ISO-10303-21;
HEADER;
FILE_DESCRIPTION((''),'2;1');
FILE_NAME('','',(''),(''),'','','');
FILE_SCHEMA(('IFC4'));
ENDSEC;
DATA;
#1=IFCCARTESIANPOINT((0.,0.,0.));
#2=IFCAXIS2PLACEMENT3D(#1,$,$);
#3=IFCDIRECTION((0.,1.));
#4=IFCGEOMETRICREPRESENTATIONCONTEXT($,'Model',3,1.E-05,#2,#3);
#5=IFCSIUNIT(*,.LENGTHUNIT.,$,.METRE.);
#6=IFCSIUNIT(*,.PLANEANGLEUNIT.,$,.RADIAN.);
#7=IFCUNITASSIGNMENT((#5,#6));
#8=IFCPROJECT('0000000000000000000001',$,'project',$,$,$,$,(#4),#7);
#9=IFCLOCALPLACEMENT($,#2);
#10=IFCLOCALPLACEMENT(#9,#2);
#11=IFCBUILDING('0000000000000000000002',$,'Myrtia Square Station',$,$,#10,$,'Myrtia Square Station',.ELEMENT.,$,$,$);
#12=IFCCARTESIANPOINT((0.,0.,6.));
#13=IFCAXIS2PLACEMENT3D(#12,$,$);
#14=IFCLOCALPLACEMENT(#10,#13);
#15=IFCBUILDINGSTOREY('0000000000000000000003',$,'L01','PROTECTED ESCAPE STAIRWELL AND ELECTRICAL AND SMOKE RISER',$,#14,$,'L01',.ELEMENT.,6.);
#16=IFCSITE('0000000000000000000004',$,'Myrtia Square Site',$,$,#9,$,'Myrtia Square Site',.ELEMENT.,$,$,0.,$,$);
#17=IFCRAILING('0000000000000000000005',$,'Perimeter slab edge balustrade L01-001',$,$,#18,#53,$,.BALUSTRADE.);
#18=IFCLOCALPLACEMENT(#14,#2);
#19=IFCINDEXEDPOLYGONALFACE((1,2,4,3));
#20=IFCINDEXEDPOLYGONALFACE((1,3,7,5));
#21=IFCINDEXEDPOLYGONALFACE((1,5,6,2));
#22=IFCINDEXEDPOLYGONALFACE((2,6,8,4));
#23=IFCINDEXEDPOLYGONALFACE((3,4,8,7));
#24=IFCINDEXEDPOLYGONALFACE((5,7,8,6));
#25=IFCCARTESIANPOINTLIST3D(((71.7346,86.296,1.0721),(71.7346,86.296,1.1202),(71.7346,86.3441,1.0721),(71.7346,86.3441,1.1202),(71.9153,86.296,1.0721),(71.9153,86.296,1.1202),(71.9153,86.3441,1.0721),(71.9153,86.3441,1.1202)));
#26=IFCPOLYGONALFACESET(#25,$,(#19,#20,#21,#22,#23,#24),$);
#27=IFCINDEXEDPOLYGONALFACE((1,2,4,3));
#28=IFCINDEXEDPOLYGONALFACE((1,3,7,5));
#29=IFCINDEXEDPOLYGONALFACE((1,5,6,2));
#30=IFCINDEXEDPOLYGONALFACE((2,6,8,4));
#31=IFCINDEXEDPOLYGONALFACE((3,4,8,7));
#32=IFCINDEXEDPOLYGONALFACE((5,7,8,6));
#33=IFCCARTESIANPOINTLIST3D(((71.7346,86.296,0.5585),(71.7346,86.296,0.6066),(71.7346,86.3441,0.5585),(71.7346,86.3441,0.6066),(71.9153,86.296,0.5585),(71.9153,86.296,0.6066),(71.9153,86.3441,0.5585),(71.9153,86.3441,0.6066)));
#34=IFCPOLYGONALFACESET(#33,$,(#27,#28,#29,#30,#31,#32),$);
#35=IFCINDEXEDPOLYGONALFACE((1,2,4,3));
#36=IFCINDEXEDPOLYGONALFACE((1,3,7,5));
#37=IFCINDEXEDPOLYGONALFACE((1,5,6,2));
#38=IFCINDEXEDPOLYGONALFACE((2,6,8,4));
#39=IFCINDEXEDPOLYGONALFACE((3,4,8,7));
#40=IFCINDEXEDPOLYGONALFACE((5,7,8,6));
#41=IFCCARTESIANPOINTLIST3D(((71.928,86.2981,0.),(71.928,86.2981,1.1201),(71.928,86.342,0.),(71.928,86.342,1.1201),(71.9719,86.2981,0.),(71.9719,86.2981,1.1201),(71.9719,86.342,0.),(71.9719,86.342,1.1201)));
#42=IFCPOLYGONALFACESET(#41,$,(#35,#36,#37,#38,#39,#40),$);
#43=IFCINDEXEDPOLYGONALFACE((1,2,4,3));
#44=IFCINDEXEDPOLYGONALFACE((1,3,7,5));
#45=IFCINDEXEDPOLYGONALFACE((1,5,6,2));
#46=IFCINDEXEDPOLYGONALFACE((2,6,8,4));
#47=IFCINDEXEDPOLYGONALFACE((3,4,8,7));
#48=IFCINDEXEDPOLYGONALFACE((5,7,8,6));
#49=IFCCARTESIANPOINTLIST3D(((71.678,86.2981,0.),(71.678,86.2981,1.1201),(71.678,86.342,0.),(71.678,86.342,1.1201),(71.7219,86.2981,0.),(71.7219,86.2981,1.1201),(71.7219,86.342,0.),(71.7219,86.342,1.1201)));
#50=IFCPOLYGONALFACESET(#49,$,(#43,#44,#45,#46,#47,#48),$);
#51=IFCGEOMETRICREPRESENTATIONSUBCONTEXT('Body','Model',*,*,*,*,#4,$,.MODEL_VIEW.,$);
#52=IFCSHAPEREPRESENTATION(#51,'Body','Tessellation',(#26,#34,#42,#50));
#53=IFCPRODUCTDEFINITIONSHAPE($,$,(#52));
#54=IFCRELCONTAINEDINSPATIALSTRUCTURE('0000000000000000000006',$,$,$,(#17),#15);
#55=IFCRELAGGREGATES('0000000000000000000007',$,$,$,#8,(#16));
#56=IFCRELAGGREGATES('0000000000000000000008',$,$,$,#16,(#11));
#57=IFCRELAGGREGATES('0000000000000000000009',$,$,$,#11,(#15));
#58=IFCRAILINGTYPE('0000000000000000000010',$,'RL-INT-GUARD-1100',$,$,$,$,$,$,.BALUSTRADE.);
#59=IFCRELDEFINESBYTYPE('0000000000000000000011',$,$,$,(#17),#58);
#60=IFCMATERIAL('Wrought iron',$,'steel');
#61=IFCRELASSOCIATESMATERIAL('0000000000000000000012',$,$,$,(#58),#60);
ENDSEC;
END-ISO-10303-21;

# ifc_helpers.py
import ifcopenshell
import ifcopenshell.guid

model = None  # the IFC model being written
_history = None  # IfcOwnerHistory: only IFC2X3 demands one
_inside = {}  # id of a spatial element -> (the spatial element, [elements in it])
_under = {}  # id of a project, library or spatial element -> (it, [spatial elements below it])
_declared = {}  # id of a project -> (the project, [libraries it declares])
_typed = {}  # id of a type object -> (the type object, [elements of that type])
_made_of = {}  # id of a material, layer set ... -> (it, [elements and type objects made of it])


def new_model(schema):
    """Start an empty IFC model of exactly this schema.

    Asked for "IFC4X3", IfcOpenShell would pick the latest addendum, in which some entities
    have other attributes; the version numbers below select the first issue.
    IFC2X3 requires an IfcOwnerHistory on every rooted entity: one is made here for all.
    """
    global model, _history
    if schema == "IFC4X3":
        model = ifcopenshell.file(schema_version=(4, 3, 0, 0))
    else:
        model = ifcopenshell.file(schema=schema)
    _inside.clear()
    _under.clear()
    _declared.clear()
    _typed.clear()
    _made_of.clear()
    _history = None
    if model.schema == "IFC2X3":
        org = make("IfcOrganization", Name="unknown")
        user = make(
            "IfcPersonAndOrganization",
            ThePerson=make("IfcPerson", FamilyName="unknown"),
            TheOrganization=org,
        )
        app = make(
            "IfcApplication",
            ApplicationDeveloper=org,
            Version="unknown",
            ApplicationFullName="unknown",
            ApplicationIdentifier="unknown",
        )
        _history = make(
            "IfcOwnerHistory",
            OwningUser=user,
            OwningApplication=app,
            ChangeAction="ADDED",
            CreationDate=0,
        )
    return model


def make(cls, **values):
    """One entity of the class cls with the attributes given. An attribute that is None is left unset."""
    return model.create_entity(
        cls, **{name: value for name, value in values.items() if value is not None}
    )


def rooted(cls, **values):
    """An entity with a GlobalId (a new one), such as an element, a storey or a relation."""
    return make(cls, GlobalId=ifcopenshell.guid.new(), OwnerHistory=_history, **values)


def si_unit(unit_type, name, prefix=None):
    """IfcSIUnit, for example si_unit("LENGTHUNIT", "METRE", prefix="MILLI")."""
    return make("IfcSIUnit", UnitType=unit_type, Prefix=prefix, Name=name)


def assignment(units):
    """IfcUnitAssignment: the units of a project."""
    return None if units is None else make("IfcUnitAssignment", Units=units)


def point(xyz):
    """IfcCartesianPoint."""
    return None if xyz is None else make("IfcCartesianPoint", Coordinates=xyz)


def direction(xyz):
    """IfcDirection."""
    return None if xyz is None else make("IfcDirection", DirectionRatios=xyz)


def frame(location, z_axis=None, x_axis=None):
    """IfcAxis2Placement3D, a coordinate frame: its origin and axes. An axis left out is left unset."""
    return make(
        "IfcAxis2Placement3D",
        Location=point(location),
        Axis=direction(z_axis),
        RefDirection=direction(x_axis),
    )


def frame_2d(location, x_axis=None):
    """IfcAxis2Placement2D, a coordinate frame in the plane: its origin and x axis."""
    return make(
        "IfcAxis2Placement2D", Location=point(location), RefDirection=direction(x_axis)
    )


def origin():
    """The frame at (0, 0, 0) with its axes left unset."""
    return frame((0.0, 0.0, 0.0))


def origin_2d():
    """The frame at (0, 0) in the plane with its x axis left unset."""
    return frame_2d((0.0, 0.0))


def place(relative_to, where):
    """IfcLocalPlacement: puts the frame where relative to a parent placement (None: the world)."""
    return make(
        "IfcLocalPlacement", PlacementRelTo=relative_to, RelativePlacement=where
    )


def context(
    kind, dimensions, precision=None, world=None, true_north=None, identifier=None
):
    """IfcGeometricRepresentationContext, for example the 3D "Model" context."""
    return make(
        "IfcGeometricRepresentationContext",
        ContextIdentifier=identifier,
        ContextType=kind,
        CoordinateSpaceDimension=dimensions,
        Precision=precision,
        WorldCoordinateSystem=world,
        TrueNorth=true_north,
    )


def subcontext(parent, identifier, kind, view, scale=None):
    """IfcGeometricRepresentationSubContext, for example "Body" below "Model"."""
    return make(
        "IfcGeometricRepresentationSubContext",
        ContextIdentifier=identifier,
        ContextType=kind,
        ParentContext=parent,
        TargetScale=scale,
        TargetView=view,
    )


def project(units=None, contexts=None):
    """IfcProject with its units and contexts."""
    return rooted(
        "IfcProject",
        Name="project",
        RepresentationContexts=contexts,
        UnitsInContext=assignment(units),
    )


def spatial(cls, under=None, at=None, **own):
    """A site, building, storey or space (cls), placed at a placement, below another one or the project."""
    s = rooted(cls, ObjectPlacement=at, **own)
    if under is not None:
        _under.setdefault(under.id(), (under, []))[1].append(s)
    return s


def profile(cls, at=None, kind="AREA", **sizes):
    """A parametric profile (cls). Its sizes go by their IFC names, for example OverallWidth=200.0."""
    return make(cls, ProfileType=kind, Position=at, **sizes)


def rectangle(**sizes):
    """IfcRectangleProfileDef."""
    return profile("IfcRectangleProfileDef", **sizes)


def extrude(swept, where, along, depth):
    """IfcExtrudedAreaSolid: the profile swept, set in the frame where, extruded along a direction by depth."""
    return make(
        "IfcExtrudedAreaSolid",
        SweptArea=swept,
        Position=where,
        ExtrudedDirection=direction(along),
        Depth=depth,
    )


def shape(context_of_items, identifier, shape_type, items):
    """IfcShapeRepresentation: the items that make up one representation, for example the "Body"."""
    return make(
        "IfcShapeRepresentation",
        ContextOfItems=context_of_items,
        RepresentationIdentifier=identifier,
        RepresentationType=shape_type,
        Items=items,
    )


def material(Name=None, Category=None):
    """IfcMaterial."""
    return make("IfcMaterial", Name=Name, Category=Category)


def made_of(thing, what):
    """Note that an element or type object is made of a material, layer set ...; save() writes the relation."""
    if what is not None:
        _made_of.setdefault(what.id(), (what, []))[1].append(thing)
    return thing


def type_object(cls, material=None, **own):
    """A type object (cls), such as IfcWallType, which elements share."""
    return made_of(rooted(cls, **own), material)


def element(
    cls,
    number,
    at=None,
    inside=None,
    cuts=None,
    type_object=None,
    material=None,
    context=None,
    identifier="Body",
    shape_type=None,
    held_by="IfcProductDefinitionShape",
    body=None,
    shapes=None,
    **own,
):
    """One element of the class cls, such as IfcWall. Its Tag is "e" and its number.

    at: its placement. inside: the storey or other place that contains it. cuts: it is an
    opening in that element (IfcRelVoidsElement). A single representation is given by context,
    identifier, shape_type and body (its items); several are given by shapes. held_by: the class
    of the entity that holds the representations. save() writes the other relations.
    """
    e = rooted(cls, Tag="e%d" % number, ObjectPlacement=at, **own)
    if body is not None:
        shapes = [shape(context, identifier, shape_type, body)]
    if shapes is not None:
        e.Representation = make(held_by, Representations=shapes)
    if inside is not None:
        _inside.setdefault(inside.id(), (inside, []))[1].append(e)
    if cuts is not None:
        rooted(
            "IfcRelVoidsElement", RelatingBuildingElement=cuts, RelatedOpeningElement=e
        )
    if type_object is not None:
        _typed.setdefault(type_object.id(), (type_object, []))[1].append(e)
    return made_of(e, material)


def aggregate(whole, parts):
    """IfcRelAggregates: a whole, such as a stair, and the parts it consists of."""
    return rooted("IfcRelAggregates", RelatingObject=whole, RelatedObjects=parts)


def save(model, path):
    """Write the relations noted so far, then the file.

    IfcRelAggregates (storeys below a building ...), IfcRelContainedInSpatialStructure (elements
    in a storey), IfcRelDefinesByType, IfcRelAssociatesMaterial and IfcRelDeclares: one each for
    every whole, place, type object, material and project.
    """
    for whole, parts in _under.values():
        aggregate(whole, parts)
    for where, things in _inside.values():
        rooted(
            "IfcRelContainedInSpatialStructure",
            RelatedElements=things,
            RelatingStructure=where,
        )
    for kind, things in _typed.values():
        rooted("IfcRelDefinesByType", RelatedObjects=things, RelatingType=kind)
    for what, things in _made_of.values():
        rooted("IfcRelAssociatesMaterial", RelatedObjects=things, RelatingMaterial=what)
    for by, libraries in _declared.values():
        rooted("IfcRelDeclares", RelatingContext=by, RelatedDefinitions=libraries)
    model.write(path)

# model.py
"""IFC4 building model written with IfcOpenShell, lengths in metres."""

from ifc_helpers import new_model, si_unit, direction, frame, origin, origin_2d, place, context, subcontext, project, spatial, rectangle, extrude, material, type_object, element, save


model = new_model("IFC4")

# Units and contexts
model_context = context("Model", 3, precision=1e-05, world=origin(), true_north=direction((0.0, 1.0)))
body_context = subcontext(model_context, "Body", "Model", "MODEL_VIEW")
ifc_project = project(units=[si_unit("LENGTHUNIT", "METRE"), si_unit("PLANEANGLEUNIT", "RADIAN")], contexts=[model_context])

# Site, building, storey
site_placement = place(None, origin())
site = spatial("IfcSite", under=ifc_project, at=site_placement, Name="Myrtia Square Site", LongName="Myrtia Square Site", CompositionType="ELEMENT", RefElevation=0.0)
building_placement = place(site_placement, origin())
building = spatial("IfcBuilding", under=site, at=building_placement, Name="Myrtia Square Station", LongName="Myrtia Square Station", CompositionType="ELEMENT")
storey_placement = place(building_placement, frame((0.0, 0.0, 6.0)))
storey = spatial("IfcBuildingStorey", under=building, at=storey_placement, Name="L01", Description="PROTECTED ESCAPE STAIRWELL AND ELECTRICAL AND SMOKE RISER", LongName="L01", CompositionType="ELEMENT", Elevation=6.0)

# Railing
ifc_material_1 = material(Name="Wrought iron", Category="steel")
railing_type = type_object("IfcRailingType", Name="RL-INT-GUARD-1100", PredefinedType="BALUSTRADE", material=ifc_material_1)
railing_placement = place(storey_placement, frame((71.95, 86.3201, 0.0)))
element("IfcRailing", 1, at=railing_placement, inside=storey, type_object=railing_type, Name="Perimeter slab edge balustrade L01-001", PredefinedType="BALUSTRADE", context=body_context, shape_type="SweptSolid", body=[
    extrude(rectangle(XDim=0.0481, YDim=0.0481, at=origin_2d()), frame((-0.0347, 0.0, 1.0962), z_axis=(-1.0, 0.0, 0.0), x_axis=(0.0, -1.0, 0.0)), (0.0, 0.0, 1.0), 0.1807),
    extrude(rectangle(XDim=0.0481, YDim=0.0481, at=origin_2d()), frame((-0.0347, 0.0, 0.5825), z_axis=(-1.0, 0.0, 0.0), x_axis=(0.0, -1.0, 0.0)), (0.0, 0.0, 1.0), 0.1807),
    extrude(rectangle(XDim=0.0439, YDim=0.0439, at=origin_2d()), origin(), (0.0, 0.0, 1.0), 1.1201),
    extrude(rectangle(XDim=0.0439, YDim=0.0439, at=origin_2d()), frame((-0.25, 0.0, 0.0)), (0.0, 0.0, 1.0), 1.1201),
])

save(model, "model.ifc")
